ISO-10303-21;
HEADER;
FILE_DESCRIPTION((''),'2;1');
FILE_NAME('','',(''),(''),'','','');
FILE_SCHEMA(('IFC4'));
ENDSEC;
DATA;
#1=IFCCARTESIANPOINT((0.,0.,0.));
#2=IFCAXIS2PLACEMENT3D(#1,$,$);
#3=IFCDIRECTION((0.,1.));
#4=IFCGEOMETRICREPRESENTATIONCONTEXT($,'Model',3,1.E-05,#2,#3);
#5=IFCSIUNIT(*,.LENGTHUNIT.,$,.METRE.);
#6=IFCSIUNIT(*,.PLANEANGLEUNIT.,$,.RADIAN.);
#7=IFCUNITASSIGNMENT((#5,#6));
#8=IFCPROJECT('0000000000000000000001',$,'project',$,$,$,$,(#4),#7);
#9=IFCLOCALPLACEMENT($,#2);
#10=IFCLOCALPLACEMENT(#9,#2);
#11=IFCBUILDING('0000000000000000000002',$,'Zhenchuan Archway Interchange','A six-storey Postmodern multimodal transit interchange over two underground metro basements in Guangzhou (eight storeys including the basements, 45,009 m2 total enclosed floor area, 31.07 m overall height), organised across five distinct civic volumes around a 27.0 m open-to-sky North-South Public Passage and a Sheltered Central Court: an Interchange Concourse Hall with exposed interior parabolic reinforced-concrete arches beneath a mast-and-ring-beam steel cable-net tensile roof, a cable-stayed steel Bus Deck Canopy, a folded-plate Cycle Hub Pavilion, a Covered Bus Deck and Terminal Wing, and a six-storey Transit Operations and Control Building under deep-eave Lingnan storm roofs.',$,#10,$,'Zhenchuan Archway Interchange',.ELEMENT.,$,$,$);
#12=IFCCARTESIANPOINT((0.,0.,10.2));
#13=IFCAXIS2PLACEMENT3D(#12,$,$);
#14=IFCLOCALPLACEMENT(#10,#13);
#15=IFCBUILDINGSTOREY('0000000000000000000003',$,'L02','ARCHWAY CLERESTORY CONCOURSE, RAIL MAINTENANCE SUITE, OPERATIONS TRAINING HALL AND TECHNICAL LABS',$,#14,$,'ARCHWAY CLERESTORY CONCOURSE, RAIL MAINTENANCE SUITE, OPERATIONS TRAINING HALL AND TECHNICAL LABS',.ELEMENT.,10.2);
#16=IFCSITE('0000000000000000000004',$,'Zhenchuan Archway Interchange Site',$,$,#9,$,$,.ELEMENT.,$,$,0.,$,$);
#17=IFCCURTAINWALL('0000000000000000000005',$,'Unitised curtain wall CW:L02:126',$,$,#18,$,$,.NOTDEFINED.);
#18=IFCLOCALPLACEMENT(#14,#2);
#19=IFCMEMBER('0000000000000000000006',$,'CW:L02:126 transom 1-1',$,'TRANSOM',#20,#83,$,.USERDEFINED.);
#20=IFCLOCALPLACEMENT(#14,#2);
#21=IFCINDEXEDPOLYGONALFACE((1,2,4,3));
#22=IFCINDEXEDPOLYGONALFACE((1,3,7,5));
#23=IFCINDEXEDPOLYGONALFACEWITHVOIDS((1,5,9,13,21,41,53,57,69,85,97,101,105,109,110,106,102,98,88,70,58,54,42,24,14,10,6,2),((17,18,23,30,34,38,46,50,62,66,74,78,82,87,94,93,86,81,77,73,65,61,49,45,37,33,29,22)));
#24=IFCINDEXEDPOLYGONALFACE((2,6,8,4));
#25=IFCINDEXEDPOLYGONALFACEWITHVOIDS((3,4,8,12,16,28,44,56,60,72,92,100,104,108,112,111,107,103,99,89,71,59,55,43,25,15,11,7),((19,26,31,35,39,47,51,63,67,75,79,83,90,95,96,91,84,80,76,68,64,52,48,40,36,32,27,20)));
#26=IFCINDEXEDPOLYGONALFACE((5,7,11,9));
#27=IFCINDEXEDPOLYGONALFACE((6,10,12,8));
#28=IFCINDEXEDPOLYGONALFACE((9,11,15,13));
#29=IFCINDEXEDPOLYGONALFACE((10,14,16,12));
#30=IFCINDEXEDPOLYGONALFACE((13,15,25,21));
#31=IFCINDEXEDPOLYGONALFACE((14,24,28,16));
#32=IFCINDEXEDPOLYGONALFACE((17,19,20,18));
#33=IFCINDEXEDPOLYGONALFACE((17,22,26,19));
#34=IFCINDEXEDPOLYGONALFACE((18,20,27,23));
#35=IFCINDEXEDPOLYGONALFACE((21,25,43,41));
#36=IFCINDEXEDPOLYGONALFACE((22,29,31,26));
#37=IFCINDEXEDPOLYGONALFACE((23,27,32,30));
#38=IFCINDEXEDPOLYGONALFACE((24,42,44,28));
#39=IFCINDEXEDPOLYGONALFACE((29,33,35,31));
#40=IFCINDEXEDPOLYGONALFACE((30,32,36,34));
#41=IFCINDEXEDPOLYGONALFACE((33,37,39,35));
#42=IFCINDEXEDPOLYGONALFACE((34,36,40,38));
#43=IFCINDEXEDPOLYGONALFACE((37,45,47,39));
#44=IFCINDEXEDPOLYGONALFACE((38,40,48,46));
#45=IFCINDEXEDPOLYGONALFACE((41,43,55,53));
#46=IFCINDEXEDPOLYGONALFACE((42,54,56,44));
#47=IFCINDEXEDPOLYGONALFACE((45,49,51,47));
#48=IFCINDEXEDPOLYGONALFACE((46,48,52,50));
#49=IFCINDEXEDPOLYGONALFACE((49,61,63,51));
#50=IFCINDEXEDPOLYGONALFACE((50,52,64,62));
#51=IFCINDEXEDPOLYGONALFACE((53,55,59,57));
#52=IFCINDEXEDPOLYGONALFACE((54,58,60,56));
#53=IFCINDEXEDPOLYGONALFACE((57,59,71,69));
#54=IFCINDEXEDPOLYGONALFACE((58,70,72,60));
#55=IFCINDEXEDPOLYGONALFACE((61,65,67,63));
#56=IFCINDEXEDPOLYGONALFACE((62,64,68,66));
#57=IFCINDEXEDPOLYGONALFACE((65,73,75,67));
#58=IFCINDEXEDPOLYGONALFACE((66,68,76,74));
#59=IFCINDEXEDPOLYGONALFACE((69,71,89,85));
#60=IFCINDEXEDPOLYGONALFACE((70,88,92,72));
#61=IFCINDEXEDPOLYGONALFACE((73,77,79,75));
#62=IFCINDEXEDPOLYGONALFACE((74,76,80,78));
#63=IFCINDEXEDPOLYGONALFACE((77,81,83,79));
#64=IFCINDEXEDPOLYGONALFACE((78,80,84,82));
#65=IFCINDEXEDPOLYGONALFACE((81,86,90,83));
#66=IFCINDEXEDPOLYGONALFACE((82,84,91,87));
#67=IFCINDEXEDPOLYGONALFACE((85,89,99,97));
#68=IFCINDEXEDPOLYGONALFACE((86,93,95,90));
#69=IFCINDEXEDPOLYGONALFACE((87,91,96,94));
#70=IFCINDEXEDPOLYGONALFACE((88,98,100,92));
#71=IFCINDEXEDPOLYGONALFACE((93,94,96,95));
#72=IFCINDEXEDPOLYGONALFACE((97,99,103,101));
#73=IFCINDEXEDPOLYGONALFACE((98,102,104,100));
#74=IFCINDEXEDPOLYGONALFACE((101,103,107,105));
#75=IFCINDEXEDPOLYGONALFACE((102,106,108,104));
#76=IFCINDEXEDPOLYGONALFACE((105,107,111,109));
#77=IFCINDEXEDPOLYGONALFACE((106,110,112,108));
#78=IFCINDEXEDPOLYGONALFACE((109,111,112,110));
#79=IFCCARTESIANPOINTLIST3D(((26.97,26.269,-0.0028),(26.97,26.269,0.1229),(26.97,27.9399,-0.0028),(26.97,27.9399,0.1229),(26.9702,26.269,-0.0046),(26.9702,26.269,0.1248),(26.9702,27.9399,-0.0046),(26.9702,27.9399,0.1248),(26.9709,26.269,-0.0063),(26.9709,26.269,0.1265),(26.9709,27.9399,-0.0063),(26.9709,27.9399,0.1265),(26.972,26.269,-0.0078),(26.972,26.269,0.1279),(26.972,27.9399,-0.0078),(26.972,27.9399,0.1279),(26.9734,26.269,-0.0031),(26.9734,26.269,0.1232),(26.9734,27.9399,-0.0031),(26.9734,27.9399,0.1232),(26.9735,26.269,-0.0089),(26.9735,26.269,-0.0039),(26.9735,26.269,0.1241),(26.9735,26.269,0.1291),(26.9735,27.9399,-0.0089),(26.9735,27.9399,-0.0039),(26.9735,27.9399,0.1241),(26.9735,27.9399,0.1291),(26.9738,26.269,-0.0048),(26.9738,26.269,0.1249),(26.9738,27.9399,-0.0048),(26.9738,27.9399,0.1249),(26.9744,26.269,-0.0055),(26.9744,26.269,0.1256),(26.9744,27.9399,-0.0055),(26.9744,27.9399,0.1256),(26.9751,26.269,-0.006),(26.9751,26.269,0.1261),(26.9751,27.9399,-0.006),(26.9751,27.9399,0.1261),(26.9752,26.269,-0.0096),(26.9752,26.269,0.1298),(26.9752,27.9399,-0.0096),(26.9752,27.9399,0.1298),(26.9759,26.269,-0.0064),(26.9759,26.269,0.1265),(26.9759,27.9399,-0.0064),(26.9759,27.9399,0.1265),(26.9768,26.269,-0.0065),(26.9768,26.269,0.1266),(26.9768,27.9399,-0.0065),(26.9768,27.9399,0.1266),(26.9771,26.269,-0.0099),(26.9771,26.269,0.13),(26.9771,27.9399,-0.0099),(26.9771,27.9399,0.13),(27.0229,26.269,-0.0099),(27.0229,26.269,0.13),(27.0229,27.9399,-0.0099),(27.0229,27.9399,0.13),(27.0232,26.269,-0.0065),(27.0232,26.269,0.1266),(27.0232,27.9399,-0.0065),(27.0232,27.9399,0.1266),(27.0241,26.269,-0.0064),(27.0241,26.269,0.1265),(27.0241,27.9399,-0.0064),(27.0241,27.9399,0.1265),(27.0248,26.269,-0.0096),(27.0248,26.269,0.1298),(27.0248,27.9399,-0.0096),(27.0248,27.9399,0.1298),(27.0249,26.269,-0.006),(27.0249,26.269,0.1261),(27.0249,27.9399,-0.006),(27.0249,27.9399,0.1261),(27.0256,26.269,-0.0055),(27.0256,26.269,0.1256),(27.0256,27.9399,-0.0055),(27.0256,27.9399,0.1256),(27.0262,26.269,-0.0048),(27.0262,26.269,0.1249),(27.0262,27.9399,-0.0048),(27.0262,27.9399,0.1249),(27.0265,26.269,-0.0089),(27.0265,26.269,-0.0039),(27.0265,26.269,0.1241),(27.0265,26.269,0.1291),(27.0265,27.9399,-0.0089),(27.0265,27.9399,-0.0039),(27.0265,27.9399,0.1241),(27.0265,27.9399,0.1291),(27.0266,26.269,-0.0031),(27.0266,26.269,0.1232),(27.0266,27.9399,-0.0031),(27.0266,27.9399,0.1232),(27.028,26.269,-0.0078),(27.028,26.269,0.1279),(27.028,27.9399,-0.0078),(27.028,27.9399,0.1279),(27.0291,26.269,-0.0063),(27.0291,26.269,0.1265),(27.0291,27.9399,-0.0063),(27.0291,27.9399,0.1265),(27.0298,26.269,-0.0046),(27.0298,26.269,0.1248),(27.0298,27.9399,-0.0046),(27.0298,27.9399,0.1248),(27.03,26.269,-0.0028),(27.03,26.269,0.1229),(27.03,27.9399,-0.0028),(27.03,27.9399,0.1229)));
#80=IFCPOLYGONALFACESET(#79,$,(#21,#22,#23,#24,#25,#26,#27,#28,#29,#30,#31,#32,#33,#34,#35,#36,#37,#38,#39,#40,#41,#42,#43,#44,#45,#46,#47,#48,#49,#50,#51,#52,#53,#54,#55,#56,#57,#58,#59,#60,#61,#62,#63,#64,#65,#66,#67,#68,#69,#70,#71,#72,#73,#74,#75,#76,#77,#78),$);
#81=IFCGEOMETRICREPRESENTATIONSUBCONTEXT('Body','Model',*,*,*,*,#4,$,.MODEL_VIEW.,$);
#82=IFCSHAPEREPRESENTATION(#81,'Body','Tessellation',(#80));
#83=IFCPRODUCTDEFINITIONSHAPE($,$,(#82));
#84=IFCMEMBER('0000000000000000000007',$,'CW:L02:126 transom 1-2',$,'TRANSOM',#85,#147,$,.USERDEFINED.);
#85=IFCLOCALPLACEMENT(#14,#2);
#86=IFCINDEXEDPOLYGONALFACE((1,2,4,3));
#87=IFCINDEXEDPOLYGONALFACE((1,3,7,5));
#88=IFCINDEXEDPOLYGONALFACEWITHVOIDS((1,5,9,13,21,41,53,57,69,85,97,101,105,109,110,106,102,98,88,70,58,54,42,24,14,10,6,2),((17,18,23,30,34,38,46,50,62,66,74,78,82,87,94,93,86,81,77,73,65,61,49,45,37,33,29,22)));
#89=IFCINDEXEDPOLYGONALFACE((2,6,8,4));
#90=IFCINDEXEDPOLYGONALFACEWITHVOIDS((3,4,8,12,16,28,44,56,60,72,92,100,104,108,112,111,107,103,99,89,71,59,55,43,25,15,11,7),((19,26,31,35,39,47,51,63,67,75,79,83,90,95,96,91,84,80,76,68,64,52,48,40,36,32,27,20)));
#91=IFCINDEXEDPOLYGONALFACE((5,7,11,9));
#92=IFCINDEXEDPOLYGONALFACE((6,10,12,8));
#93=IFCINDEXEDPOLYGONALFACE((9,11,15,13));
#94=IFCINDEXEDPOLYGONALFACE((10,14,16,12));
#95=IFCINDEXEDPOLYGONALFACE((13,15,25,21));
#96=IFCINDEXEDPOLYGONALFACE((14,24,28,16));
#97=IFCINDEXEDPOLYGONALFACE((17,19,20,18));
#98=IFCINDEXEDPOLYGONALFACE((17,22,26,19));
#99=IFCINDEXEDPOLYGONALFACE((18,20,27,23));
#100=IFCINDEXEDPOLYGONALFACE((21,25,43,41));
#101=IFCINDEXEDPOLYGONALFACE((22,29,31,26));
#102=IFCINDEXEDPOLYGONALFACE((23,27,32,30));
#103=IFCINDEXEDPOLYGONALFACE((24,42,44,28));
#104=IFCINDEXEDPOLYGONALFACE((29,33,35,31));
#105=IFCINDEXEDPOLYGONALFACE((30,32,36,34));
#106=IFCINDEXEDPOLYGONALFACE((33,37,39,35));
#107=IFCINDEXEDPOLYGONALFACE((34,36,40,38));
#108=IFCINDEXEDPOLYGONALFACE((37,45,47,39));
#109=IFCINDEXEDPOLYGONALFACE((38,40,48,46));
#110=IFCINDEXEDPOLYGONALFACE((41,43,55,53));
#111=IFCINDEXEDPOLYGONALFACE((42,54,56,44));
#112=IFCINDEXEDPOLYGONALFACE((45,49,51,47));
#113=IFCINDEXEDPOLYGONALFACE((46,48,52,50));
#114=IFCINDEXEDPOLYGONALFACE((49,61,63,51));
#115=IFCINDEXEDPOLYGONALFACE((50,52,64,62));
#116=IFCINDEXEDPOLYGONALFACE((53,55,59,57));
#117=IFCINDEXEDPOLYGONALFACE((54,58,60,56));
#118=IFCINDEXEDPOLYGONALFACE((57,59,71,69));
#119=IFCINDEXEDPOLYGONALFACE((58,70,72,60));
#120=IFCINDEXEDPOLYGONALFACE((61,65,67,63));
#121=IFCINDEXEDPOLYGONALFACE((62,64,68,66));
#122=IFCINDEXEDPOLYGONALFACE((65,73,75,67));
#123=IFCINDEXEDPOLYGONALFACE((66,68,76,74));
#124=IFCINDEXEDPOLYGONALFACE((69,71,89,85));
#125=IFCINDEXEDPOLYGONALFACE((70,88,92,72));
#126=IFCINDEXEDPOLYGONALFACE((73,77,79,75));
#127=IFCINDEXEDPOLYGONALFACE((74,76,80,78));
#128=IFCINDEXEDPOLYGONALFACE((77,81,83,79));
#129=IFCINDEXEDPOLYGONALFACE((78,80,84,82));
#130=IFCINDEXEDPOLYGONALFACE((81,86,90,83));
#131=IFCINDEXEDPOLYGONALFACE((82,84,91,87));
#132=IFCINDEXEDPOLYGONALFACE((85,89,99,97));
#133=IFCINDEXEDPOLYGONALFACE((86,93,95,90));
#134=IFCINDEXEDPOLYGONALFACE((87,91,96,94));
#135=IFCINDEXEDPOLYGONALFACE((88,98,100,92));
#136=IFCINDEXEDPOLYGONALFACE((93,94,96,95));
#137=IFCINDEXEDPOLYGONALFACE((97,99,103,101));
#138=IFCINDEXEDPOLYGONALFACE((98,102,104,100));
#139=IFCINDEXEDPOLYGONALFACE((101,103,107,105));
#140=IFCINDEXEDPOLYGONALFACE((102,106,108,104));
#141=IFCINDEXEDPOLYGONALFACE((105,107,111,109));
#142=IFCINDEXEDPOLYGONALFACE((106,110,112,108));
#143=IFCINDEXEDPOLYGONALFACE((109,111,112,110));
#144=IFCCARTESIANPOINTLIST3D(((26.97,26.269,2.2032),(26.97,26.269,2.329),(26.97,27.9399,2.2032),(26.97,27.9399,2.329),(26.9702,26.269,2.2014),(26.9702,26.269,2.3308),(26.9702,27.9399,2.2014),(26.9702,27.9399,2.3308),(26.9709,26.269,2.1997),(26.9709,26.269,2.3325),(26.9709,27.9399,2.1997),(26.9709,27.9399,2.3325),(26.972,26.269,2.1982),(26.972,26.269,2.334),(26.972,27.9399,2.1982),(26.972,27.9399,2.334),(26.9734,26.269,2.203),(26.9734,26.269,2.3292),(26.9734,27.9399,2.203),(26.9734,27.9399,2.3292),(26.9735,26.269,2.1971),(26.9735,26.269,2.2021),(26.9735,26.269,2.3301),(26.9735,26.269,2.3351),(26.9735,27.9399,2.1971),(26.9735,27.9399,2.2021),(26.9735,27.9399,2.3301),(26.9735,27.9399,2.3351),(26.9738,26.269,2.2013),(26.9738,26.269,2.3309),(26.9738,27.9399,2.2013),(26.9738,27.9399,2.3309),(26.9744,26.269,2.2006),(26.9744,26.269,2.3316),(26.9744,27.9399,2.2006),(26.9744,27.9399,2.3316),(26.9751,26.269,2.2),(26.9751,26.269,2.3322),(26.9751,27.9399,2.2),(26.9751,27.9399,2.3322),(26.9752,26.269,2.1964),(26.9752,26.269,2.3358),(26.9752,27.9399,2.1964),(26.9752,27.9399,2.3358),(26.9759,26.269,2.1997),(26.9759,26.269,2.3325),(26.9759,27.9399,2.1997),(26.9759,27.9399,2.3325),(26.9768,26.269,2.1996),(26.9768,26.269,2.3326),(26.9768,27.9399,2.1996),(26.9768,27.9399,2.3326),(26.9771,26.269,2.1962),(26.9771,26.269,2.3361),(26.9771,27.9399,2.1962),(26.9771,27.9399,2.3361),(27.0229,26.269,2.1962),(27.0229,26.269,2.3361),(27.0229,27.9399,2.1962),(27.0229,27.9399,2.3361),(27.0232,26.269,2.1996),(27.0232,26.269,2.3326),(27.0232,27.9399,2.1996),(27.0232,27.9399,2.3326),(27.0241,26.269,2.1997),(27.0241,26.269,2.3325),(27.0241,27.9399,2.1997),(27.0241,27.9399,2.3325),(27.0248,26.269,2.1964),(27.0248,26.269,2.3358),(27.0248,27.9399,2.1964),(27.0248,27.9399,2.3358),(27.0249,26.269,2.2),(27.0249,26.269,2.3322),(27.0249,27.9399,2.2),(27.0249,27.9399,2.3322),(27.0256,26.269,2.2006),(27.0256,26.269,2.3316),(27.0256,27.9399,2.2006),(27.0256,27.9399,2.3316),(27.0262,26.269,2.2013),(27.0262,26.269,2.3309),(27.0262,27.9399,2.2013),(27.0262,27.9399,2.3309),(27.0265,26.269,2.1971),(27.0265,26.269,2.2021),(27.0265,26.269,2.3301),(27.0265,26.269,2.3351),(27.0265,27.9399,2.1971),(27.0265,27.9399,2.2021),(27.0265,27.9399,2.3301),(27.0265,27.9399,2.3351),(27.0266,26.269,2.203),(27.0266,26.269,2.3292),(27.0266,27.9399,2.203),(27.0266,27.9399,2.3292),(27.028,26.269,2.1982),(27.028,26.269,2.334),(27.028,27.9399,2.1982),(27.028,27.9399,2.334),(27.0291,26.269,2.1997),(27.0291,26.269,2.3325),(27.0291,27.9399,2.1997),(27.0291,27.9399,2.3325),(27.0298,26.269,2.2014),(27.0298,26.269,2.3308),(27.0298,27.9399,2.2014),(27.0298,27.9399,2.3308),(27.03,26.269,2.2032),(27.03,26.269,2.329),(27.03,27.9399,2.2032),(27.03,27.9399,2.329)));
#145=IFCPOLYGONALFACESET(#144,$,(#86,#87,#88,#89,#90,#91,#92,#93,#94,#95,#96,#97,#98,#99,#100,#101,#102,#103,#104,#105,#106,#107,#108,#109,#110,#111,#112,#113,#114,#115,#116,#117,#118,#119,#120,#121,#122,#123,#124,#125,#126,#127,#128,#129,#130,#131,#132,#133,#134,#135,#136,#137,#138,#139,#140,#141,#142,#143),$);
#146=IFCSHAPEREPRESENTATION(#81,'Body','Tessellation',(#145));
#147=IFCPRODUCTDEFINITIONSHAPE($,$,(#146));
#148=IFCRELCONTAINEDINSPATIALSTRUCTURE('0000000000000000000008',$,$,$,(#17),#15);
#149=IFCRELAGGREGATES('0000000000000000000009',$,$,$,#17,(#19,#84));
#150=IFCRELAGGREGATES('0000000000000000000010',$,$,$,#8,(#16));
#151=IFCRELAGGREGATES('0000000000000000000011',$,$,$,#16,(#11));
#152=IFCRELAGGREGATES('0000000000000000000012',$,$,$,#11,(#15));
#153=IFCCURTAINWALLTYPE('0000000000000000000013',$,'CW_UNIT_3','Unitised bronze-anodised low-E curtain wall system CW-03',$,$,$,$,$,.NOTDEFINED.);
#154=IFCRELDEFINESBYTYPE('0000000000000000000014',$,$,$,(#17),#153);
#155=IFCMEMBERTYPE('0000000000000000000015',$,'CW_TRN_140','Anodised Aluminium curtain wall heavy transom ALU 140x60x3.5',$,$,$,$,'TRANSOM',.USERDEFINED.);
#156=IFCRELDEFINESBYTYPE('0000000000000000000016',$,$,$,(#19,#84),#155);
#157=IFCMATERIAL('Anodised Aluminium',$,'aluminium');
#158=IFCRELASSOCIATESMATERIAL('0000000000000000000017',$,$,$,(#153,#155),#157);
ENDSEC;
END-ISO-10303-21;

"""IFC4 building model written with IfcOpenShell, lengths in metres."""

from ifc_helpers import new_model, si_unit, direction, frame, origin, origin_2d, place, context, subcontext, project, spatial, hollow_rectangle, extrude, material, material_profile, profile_set, type_object, element, aggregate, save


model = new_model("IFC4")

# Units and contexts
model_context = context("Model", 3, precision=1e-05, world=origin(), true_north=direction((0.0, 1.0)))
body_context = subcontext(model_context, "Body", "Model", "MODEL_VIEW")
ifc_project = project(units=[si_unit("LENGTHUNIT", "METRE"), si_unit("PLANEANGLEUNIT", "RADIAN")], contexts=[model_context])

# Site, building, storey
site_placement = place(None, origin())
site = spatial("IfcSite", under=ifc_project, at=site_placement, Name="Zhenchuan Archway Interchange Site", CompositionType="ELEMENT", RefElevation=0.0)
building_placement = place(site_placement, origin())
building = spatial("IfcBuilding", under=site, at=building_placement, Name="Zhenchuan Archway Interchange", Description="A six-storey Postmodern multimodal transit interchange over two underground metro basements in Guangzhou (eight storeys including the basements, 45,009 m2 total enclosed floor area, 31.07 m overall height), organised across five distinct civic volumes around a 27.0 m open-to-sky North-South Public Passage and a Sheltered Central Court: an Interchange Concourse Hall with exposed interior parabolic reinforced-concrete arches beneath a mast-and-ring-beam steel cable-net tensile roof, a cable-stayed steel Bus Deck Canopy, a folded-plate Cycle Hub Pavilion, a Covered Bus Deck and Terminal Wing, and a six-storey Transit Operations and Control Building under deep-eave Lingnan storm roofs.", LongName="Zhenchuan Archway Interchange", CompositionType="ELEMENT")
storey_placement = place(building_placement, frame((0.0, 0.0, 10.2)))
storey = spatial("IfcBuildingStorey", under=building, at=storey_placement, Name="L02", Description="ARCHWAY CLERESTORY CONCOURSE, RAIL MAINTENANCE SUITE, OPERATIONS TRAINING HALL AND TECHNICAL LABS", LongName="ARCHWAY CLERESTORY CONCOURSE, RAIL MAINTENANCE SUITE, OPERATIONS TRAINING HALL AND TECHNICAL LABS", CompositionType="ELEMENT", Elevation=10.2)

# Curtain wall, members
ifc_material_1 = material(Name="Anodised Aluminium", Category="aluminium")
curtain_wall_type = type_object("IfcCurtainWallType", Name="CW_UNIT_3", Description="Unitised bronze-anodised low-E curtain wall system CW-03", PredefinedType="NOTDEFINED", material=ifc_material_1)
curtain_wall_placement = place(storey_placement, origin())
curtain_wall = element("IfcCurtainWall", 1, at=curtain_wall_placement, inside=storey, type_object=curtain_wall_type, Name="Unitised curtain wall CW:L02:126", PredefinedType="NOTDEFINED")
ifc_material_profile_1 = material_profile(ifc_material_1, hollow_rectangle(XDim=0.0601, YDim=0.1399, WallThickness=0.0034, InnerFilletRadius=0.0034, OuterFilletRadius=0.0071, at=origin_2d()), Name="ALU 140x60x3.5")
ifc_profile_set_1 = profile_set([ifc_material_profile_1], Name="Anodised Aluminium")
member_type_1 = type_object("IfcMemberType", Name="CW_TRN_140", Description="Anodised Aluminium curtain wall heavy transom ALU 140x60x3.5", ElementType="TRANSOM", PredefinedType="USERDEFINED", material=ifc_profile_set_1)
member_1_placement = place(storey_placement, frame((27.0, 26.269, 0.0601), z_axis=(0.0, 1.0, 0.0), x_axis=(-1.0, 0.0, 0.0)))
member_1 = element("IfcMember", 2, at=member_1_placement, type_object=member_type_1, Name="CW:L02:126 transom 1-1", ObjectType="TRANSOM", PredefinedType="USERDEFINED", context=body_context, shape_type="SweptSolid", body=[
    extrude(hollow_rectangle(XDim=0.0601, YDim=0.1399, WallThickness=0.0034, InnerFilletRadius=0.0034, OuterFilletRadius=0.0071, at=origin_2d()), origin(), (0.0, 0.0, 1.0), 1.6709),
])
member_2_placement = place(storey_placement, frame((27.0, 26.269, 2.2661), z_axis=(0.0, 1.0, 0.0), x_axis=(-1.0, 0.0, 0.0)))
member_2 = element("IfcMember", 3, at=member_2_placement, type_object=member_type_1, Name="CW:L02:126 transom 1-2", ObjectType="TRANSOM", PredefinedType="USERDEFINED", context=body_context, shape_type="SweptSolid", body=[
    extrude(hollow_rectangle(XDim=0.0601, YDim=0.1399, WallThickness=0.0034, InnerFilletRadius=0.0034, OuterFilletRadius=0.0071, at=origin_2d()), origin(), (0.0, 0.0, 1.0), 1.6709),
])

aggregate(curtain_wall, [member_1, member_2])

save(model, "model.ifc")
